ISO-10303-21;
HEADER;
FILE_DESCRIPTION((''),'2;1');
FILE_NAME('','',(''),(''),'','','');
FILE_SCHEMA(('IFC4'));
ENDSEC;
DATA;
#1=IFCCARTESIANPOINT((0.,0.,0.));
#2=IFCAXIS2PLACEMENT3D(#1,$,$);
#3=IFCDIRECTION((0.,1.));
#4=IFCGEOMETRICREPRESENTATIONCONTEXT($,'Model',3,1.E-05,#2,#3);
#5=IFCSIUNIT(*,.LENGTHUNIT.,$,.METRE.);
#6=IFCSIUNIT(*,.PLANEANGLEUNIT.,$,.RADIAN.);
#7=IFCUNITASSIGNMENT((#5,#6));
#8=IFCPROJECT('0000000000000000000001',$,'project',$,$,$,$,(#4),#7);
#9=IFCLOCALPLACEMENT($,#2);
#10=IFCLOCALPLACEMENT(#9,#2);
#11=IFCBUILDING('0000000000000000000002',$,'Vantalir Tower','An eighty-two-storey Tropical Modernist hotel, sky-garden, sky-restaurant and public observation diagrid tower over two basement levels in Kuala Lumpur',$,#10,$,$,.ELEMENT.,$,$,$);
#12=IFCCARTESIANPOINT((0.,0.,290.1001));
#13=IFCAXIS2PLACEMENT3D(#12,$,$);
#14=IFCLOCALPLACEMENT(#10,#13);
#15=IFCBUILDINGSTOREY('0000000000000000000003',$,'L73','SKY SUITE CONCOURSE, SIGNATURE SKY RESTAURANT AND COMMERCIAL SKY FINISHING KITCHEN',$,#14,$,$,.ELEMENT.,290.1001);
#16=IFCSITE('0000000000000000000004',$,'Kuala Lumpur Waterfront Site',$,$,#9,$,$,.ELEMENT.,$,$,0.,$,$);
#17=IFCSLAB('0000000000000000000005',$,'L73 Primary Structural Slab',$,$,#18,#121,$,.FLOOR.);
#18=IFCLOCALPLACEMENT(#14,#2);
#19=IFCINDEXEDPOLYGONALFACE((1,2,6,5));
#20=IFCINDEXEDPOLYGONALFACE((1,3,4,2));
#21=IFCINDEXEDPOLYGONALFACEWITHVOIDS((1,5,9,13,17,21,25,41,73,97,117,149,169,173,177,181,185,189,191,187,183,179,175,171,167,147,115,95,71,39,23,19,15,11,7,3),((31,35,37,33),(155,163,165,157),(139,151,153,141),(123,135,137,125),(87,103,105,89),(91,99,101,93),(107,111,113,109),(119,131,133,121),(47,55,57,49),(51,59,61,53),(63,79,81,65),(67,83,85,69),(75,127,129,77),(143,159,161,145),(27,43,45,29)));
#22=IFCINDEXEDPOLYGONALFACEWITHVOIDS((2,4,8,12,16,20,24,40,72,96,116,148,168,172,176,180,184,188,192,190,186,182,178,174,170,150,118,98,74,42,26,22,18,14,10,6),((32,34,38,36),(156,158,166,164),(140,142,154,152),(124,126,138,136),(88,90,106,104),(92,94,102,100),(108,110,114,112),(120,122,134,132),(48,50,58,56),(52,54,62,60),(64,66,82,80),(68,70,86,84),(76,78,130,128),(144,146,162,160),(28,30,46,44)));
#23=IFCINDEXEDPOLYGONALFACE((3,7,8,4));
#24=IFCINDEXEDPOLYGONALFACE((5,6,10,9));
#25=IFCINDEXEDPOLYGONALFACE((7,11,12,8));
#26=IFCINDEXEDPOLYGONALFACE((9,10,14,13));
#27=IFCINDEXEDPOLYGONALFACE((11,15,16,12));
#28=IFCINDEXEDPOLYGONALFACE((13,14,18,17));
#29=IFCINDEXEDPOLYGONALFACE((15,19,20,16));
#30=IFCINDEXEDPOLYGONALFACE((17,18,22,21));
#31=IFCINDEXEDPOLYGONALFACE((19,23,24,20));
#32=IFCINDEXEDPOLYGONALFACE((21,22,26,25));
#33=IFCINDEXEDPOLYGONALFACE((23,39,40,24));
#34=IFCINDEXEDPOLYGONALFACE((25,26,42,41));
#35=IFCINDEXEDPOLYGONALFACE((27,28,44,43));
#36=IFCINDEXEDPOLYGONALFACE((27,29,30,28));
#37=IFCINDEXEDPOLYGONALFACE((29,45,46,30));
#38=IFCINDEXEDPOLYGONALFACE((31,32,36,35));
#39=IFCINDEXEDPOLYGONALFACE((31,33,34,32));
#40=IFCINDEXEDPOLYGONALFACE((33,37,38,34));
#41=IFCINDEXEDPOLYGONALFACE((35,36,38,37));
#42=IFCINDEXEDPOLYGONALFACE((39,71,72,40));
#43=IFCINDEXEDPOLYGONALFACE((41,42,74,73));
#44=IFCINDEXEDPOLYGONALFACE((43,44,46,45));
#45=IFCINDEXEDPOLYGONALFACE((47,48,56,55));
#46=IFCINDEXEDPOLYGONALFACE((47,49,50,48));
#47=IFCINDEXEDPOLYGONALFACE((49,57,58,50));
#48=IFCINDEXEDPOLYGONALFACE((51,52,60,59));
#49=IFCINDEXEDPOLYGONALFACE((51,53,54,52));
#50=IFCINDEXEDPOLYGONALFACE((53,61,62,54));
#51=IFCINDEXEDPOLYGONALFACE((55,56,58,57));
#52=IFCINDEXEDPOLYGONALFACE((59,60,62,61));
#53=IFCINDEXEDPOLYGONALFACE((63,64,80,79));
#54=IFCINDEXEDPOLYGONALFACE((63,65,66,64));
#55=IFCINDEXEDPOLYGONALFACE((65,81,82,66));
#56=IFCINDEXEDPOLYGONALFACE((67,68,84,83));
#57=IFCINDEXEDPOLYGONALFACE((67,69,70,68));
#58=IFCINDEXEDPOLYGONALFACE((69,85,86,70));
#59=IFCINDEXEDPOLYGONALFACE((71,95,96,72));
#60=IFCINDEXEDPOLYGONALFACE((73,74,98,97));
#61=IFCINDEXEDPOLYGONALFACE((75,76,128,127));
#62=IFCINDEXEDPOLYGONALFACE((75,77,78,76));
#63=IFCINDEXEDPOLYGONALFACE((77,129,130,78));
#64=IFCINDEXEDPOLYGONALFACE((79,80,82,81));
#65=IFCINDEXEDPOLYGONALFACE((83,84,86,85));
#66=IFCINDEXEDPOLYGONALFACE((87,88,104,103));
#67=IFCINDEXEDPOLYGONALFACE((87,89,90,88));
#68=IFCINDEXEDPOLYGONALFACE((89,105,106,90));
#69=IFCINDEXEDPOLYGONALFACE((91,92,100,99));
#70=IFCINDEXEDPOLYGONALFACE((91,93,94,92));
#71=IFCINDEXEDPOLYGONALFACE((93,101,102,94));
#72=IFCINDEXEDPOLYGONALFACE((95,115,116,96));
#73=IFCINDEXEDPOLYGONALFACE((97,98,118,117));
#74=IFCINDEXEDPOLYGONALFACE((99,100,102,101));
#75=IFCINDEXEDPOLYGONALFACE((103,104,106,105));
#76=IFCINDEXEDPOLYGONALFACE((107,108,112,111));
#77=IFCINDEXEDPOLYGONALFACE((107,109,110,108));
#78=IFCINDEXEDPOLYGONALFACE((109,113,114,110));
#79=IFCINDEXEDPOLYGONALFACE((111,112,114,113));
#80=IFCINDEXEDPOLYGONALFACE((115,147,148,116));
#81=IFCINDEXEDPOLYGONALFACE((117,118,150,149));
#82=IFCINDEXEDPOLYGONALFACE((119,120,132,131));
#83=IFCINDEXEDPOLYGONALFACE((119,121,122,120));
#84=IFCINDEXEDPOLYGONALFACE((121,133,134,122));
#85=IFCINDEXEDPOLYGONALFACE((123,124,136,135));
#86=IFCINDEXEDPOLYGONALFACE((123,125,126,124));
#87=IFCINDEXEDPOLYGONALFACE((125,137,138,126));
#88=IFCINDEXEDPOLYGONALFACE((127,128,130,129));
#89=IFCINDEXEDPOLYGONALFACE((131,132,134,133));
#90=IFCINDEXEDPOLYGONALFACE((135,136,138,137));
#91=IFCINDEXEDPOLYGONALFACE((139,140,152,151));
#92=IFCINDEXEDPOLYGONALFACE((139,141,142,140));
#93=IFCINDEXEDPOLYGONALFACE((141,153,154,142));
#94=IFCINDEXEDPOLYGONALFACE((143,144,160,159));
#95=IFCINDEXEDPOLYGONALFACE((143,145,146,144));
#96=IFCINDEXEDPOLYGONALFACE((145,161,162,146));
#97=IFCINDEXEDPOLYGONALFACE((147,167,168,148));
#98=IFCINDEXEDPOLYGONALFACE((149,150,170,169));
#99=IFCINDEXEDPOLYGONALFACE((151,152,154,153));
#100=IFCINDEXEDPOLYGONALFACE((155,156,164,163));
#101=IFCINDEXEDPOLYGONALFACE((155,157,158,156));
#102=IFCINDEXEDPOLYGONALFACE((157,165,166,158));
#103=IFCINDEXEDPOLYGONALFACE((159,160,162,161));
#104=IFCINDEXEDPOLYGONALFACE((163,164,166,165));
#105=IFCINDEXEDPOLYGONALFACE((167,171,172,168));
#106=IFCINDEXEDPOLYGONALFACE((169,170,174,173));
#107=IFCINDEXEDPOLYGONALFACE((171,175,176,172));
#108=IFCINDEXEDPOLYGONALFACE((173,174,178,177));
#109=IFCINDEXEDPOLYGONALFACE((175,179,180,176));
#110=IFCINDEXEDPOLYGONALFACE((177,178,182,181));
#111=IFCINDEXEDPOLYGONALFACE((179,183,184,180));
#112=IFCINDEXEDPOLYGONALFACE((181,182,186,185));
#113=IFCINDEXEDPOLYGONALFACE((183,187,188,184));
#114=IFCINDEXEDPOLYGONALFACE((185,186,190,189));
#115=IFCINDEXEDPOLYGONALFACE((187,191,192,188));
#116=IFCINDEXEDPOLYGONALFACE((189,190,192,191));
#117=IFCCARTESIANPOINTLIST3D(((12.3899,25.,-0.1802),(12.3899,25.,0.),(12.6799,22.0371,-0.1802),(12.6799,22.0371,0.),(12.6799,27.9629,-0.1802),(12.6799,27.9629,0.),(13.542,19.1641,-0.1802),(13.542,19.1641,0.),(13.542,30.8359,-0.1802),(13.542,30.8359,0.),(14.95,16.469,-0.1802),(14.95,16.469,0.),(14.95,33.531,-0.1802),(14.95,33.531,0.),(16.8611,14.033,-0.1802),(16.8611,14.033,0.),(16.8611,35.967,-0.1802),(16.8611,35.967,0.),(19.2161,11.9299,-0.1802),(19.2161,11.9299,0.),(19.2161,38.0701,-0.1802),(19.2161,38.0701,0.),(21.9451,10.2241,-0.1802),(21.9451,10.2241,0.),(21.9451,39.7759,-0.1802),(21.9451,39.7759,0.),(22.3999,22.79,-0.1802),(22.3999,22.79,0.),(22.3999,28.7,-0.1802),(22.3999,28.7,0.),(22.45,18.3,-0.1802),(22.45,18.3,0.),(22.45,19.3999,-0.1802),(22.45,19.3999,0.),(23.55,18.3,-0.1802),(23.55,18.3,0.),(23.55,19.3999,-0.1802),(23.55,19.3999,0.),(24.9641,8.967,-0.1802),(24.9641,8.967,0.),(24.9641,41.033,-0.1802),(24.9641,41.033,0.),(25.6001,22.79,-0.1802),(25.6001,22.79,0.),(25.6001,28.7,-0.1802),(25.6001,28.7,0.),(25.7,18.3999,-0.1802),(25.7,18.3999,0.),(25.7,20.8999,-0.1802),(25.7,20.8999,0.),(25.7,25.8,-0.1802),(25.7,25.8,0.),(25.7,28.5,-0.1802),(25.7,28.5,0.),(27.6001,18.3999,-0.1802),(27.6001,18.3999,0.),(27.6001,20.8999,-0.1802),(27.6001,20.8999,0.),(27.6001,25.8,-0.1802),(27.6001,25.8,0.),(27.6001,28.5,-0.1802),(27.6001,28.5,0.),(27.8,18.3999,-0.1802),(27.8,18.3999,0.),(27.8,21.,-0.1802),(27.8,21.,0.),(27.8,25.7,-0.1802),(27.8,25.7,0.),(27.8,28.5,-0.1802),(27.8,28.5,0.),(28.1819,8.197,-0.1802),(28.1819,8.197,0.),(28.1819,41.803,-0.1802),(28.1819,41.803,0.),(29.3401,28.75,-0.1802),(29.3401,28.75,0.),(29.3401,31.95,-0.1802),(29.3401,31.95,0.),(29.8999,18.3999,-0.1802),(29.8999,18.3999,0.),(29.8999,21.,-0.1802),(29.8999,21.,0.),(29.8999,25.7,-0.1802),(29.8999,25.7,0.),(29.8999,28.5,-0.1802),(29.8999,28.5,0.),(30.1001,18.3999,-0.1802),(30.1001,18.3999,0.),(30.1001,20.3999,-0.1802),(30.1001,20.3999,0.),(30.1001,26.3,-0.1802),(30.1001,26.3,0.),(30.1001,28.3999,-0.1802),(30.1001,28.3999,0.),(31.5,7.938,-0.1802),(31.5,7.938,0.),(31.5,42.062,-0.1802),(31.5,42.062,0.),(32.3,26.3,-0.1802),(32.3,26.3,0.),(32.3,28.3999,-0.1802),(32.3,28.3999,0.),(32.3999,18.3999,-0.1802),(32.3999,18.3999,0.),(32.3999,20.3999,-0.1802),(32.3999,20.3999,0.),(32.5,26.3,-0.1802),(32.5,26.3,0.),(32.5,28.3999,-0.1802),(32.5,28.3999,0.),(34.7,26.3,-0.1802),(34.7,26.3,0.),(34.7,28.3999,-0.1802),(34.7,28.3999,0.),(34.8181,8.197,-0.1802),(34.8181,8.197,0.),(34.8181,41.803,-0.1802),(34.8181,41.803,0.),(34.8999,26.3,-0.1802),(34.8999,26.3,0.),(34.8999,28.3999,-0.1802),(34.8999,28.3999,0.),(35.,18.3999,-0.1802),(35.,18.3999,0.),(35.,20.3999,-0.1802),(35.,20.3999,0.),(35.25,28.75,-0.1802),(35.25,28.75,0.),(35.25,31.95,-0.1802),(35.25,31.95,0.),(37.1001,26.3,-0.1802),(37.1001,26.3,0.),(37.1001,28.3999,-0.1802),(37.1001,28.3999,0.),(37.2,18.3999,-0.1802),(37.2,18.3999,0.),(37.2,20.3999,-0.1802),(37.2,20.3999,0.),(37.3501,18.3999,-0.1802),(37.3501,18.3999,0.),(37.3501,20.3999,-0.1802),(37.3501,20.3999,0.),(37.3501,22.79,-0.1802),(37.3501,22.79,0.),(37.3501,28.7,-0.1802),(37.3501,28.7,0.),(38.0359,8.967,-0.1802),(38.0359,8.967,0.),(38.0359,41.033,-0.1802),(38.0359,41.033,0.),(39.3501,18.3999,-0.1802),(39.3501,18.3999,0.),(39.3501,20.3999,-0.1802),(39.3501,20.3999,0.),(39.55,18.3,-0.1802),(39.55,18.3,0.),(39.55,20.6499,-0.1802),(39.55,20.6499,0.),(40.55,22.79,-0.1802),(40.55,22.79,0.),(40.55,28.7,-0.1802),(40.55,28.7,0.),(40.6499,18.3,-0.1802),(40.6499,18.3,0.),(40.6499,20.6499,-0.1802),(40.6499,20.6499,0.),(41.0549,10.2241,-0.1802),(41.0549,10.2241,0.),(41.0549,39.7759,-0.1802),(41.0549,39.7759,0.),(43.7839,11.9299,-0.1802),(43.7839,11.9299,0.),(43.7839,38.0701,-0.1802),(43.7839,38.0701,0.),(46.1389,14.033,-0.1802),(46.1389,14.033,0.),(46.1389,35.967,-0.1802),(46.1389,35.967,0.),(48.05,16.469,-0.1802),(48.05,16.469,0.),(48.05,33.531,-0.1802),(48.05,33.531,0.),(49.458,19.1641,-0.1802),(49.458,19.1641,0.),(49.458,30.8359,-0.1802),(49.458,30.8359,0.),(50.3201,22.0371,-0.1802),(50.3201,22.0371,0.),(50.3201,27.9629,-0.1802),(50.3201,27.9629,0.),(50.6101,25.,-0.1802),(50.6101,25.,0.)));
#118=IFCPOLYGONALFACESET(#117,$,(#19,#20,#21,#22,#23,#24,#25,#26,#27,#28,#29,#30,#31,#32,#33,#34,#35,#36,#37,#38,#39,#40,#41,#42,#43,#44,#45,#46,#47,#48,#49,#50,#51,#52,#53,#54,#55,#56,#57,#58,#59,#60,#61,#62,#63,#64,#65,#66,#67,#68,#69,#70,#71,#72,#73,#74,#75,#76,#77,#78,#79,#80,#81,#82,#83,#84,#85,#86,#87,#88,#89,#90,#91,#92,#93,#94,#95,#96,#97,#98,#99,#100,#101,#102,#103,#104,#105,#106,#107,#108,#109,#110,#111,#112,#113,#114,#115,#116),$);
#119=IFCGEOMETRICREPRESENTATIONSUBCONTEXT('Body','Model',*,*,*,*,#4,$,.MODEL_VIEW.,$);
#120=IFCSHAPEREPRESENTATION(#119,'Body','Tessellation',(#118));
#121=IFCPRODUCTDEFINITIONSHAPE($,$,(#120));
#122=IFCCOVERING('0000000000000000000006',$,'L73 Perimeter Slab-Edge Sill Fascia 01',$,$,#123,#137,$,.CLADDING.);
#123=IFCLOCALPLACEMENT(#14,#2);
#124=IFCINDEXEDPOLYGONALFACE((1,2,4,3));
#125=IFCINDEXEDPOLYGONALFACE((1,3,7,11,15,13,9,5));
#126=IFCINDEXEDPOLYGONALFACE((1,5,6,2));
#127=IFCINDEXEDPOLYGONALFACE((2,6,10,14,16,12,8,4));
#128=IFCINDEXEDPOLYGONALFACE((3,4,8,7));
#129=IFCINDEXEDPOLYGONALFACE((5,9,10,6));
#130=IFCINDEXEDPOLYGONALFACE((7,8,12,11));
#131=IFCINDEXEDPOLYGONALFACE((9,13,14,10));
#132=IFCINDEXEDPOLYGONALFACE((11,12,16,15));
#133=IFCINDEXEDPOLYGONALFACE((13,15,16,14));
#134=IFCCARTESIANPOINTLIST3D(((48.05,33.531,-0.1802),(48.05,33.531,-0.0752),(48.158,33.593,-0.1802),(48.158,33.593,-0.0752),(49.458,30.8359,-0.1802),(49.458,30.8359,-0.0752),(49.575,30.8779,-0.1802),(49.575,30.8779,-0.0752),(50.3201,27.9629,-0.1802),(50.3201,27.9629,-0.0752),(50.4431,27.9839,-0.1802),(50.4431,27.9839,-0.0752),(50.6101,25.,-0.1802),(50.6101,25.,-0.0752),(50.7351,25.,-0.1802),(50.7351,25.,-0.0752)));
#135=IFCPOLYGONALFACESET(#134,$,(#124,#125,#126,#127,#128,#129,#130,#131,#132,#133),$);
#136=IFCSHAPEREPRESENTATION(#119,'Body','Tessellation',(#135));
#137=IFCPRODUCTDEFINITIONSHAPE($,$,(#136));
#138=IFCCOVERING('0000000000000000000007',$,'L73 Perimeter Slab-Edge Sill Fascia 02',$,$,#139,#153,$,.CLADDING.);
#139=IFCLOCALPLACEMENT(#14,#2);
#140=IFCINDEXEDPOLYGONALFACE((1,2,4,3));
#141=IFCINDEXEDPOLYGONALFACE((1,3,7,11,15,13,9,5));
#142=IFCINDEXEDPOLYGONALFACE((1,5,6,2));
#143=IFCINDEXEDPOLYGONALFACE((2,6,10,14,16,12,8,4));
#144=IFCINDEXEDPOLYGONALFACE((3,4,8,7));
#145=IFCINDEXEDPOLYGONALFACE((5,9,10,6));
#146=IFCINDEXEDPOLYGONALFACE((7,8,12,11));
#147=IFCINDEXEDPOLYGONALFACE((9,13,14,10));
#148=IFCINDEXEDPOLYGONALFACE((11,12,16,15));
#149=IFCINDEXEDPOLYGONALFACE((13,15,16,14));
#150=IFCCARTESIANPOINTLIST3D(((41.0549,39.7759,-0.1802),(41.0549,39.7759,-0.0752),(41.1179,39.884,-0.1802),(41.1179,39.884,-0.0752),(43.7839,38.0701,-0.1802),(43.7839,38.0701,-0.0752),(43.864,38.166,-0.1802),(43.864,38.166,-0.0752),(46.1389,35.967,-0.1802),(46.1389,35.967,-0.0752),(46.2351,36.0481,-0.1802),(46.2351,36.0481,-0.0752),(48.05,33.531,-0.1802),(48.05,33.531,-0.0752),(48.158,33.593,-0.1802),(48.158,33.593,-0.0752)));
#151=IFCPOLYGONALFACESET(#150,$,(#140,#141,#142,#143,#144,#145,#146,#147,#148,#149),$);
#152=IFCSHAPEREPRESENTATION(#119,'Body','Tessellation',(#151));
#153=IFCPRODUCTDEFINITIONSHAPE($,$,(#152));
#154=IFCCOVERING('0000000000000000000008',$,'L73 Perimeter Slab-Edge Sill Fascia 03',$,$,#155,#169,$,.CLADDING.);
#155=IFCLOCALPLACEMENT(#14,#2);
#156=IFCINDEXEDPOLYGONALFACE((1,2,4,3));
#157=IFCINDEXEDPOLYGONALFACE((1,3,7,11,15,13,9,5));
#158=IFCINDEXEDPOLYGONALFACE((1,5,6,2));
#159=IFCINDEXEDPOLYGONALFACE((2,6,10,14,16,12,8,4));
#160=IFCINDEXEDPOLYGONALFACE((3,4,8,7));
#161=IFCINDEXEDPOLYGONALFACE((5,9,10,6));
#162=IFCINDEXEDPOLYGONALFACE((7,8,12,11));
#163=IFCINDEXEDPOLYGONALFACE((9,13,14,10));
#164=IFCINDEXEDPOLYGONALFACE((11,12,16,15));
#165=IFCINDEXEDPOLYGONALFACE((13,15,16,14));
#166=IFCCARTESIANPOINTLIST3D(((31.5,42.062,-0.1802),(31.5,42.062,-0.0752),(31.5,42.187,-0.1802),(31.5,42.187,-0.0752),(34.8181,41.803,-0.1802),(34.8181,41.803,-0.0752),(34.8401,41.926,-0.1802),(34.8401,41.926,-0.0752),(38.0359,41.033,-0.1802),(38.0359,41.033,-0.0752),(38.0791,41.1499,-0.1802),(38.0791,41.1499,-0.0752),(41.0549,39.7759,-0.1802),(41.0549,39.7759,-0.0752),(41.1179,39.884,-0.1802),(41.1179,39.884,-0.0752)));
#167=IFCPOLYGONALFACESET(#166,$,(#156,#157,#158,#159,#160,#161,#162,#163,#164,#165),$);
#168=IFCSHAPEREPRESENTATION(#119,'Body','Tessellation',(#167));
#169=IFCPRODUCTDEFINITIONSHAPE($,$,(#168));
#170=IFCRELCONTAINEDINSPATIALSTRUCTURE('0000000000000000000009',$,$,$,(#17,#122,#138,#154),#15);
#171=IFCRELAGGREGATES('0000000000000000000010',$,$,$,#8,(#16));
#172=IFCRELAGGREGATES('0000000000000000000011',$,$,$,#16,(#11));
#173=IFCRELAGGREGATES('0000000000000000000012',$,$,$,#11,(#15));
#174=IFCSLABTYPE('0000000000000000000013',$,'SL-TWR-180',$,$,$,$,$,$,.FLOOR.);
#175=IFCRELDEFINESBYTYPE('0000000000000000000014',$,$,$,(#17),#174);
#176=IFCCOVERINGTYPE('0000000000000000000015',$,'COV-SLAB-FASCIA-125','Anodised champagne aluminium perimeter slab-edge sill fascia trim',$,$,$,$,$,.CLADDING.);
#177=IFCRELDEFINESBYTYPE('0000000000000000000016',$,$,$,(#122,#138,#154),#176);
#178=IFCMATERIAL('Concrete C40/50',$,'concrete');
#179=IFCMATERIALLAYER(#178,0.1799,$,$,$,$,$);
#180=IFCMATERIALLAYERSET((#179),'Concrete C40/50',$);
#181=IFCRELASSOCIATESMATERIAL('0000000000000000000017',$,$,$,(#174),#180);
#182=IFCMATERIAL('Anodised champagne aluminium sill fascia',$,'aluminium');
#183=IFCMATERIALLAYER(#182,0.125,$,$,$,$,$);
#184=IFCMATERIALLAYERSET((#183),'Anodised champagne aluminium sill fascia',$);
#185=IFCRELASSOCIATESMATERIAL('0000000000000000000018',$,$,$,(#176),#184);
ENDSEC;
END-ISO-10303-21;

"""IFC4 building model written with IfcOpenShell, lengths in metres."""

from ifc_helpers import new_model, si_unit, direction, frame, origin, place, context, subcontext, project, spatial, polyline, outline, extrude, material, layer, layer_set, type_object, element, save


model = new_model("IFC4")

# Units and contexts
model_context = context("Model", 3, precision=1e-05, world=origin(), true_north=direction((0.0, 1.0)))
body_context = subcontext(model_context, "Body", "Model", "MODEL_VIEW")
ifc_project = project(units=[si_unit("LENGTHUNIT", "METRE"), si_unit("PLANEANGLEUNIT", "RADIAN")], contexts=[model_context])

# Site, building, storey
site_placement = place(None, origin())
site = spatial("IfcSite", under=ifc_project, at=site_placement, Name="Kuala Lumpur Waterfront Site", CompositionType="ELEMENT", RefElevation=0.0)
building_placement = place(site_placement, origin())
building = spatial("IfcBuilding", under=site, at=building_placement, Name="Vantalir Tower", Description="An eighty-two-storey Tropical Modernist hotel, sky-garden, sky-restaurant and public observation diagrid tower over two basement levels in Kuala Lumpur", CompositionType="ELEMENT")
storey_placement = place(building_placement, frame((0.0, 0.0, 290.1001)))
storey = spatial("IfcBuildingStorey", under=building, at=storey_placement, Name="L73", Description="SKY SUITE CONCOURSE, SIGNATURE SKY RESTAURANT AND COMMERCIAL SKY FINISHING KITCHEN", CompositionType="ELEMENT", Elevation=290.1001)

# Shared definitions
ifc_material_1 = material(Name="Concrete C40/50", Category="concrete")

# Slab
ifc_layer_1 = layer(ifc_material_1, 0.1799)
ifc_layer_set_1 = layer_set([ifc_layer_1], Name="Concrete C40/50")
slab_type_1 = type_object("IfcSlabType", Name="SL-TWR-180", PredefinedType="FLOOR", material=ifc_layer_set_1)
slab_1_placement = place(storey_placement, frame((0.0, 0.0, -0.1802)))
element("IfcSlab", 1, at=slab_1_placement, inside=storey, type_object=slab_type_1, Name="L73 Primary Structural Slab", PredefinedType="FLOOR", context=body_context, shape_type="SweptSolid", body=[
    extrude(outline(polyline([(16.8611, 14.033), (19.2161, 11.9299), (21.9451, 10.2241), (24.9641, 8.967), (28.1819, 8.197), (31.5, 7.938), (34.8181, 8.197), (38.0359, 8.967), (41.0549, 10.2241), (43.7839, 11.9299), (46.1389, 14.033), (48.05, 16.469), (49.458, 19.1641), (50.3201, 22.0371), (50.6101, 25.0), (50.3201, 27.9629), (49.458, 30.8359), (48.05, 33.531), (46.1389, 35.967), (43.7839, 38.0701), (41.0549, 39.7759), (38.0359, 41.033), (34.8181, 41.803), (31.5, 42.062), (28.1819, 41.803), (24.9641, 41.033), (21.9451, 39.7759), (19.2161, 38.0701), (16.8611, 35.967), (14.95, 33.531), (13.542, 30.8359), (12.6799, 27.9629), (12.3899, 25.0), (12.6799, 22.0371), (13.542, 19.1641), (14.95, 16.469), (16.8611, 14.033)]), holes=[polyline([(22.3999, 28.7), (25.6001, 28.7), (25.6001, 22.79), (22.3999, 22.79), (22.3999, 28.7)]), polyline([(40.55, 28.7), (40.55, 22.79), (37.3501, 22.79), (37.3501, 28.7), (40.55, 28.7)]), polyline([(29.3401, 28.75), (29.3401, 31.95), (35.25, 31.95), (35.25, 28.75), (29.3401, 28.75)]), polyline([(25.7, 18.3999), (25.7, 20.8999), (27.6001, 20.8999), (27.6001, 18.3999), (25.7, 18.3999)]), polyline([(25.7, 28.5), (27.6001, 28.5), (27.6001, 25.8), (25.7, 25.8), (25.7, 28.5)]), polyline([(29.8999, 21.0), (29.8999, 18.3999), (27.8, 18.3999), (27.8, 21.0), (29.8999, 21.0)]), polyline([(29.8999, 25.7), (27.8, 25.7), (27.8, 28.5), (29.8999, 28.5), (29.8999, 25.7)]), polyline([(30.1001, 18.3999), (30.1001, 20.3999), (32.3999, 20.3999), (32.3999, 18.3999), (30.1001, 18.3999)]), polyline([(37.3501, 20.3999), (39.3501, 20.3999), (39.3501, 18.3999), (37.3501, 18.3999), (37.3501, 20.3999)]), polyline([(37.2, 20.3999), (37.2, 18.3999), (35.0, 18.3999), (35.0, 20.3999), (37.2, 20.3999)]), polyline([(32.3, 26.3), (30.1001, 26.3), (30.1001, 28.3999), (32.3, 28.3999), (32.3, 26.3)]), polyline([(32.5, 26.3), (32.5, 28.3999), (34.7, 28.3999), (34.7, 26.3), (32.5, 26.3)]), polyline([(34.8999, 28.3999), (37.1001, 28.3999), (37.1001, 26.3), (34.8999, 26.3), (34.8999, 28.3999)]), polyline([(23.55, 19.3999), (23.55, 18.3), (22.45, 18.3), (22.45, 19.3999), (23.55, 19.3999)]), polyline([(40.6499, 18.3), (39.55, 18.3), (39.55, 20.6499), (40.6499, 20.6499), (40.6499, 18.3)])]), origin(), (0.0, 0.0, 1.0), 0.1802),
])

# Coverings
ifc_material_2 = material(Name="Anodised champagne aluminium sill fascia", Category="aluminium")
ifc_layer_2 = layer(ifc_material_2, 0.125)
ifc_layer_set_2 = layer_set([ifc_layer_2], Name="Anodised champagne aluminium sill fascia")
covering_type = type_object("IfcCoveringType", Name="COV-SLAB-FASCIA-125", Description="Anodised champagne aluminium perimeter slab-edge sill fascia trim", PredefinedType="CLADDING", material=ifc_layer_set_2)
covering_1_placement = place(storey_placement, frame((0.0, 0.0, -0.1802)))
element("IfcCovering", 2, at=covering_1_placement, inside=storey, type_object=covering_type, Name="L73 Perimeter Slab-Edge Sill Fascia 01", PredefinedType="CLADDING", context=body_context, shape_type="SweptSolid", body=[
    extrude(outline(polyline([(50.7351, 25.0), (50.4431, 27.9839), (49.575, 30.8779), (48.158, 33.593), (48.05, 33.531), (49.458, 30.8359), (50.3201, 27.9629), (50.6101, 25.0), (50.7351, 25.0)])), origin(), (0.0, 0.0, 1.0), 0.105),
])
covering_2_placement = place(storey_placement, frame((0.0, 0.0, -0.1802)))
element("IfcCovering", 3, at=covering_2_placement, inside=storey, type_object=covering_type, Name="L73 Perimeter Slab-Edge Sill Fascia 02", PredefinedType="CLADDING", context=body_context, shape_type="SweptSolid", body=[
    extrude(outline(polyline([(48.158, 33.593), (46.2351, 36.0481), (43.864, 38.166), (41.1179, 39.884), (41.0549, 39.7759), (43.7839, 38.0701), (46.1389, 35.967), (48.05, 33.531), (48.158, 33.593)])), origin(), (0.0, 0.0, 1.0), 0.105),
])
covering_3_placement = place(storey_placement, frame((0.0, 0.0, -0.1802)))
element("IfcCovering", 4, at=covering_3_placement, inside=storey, type_object=covering_type, Name="L73 Perimeter Slab-Edge Sill Fascia 03", PredefinedType="CLADDING", context=body_context, shape_type="SweptSolid", body=[
    extrude(outline(polyline([(41.1179, 39.884), (38.0791, 41.1499), (34.8401, 41.926), (31.5, 42.187), (31.5, 42.062), (34.8181, 41.803), (38.0359, 41.033), (41.0549, 39.7759), (41.1179, 39.884)])), origin(), (0.0, 0.0, 1.0), 0.105),
])

save(model, "model.ifc")
